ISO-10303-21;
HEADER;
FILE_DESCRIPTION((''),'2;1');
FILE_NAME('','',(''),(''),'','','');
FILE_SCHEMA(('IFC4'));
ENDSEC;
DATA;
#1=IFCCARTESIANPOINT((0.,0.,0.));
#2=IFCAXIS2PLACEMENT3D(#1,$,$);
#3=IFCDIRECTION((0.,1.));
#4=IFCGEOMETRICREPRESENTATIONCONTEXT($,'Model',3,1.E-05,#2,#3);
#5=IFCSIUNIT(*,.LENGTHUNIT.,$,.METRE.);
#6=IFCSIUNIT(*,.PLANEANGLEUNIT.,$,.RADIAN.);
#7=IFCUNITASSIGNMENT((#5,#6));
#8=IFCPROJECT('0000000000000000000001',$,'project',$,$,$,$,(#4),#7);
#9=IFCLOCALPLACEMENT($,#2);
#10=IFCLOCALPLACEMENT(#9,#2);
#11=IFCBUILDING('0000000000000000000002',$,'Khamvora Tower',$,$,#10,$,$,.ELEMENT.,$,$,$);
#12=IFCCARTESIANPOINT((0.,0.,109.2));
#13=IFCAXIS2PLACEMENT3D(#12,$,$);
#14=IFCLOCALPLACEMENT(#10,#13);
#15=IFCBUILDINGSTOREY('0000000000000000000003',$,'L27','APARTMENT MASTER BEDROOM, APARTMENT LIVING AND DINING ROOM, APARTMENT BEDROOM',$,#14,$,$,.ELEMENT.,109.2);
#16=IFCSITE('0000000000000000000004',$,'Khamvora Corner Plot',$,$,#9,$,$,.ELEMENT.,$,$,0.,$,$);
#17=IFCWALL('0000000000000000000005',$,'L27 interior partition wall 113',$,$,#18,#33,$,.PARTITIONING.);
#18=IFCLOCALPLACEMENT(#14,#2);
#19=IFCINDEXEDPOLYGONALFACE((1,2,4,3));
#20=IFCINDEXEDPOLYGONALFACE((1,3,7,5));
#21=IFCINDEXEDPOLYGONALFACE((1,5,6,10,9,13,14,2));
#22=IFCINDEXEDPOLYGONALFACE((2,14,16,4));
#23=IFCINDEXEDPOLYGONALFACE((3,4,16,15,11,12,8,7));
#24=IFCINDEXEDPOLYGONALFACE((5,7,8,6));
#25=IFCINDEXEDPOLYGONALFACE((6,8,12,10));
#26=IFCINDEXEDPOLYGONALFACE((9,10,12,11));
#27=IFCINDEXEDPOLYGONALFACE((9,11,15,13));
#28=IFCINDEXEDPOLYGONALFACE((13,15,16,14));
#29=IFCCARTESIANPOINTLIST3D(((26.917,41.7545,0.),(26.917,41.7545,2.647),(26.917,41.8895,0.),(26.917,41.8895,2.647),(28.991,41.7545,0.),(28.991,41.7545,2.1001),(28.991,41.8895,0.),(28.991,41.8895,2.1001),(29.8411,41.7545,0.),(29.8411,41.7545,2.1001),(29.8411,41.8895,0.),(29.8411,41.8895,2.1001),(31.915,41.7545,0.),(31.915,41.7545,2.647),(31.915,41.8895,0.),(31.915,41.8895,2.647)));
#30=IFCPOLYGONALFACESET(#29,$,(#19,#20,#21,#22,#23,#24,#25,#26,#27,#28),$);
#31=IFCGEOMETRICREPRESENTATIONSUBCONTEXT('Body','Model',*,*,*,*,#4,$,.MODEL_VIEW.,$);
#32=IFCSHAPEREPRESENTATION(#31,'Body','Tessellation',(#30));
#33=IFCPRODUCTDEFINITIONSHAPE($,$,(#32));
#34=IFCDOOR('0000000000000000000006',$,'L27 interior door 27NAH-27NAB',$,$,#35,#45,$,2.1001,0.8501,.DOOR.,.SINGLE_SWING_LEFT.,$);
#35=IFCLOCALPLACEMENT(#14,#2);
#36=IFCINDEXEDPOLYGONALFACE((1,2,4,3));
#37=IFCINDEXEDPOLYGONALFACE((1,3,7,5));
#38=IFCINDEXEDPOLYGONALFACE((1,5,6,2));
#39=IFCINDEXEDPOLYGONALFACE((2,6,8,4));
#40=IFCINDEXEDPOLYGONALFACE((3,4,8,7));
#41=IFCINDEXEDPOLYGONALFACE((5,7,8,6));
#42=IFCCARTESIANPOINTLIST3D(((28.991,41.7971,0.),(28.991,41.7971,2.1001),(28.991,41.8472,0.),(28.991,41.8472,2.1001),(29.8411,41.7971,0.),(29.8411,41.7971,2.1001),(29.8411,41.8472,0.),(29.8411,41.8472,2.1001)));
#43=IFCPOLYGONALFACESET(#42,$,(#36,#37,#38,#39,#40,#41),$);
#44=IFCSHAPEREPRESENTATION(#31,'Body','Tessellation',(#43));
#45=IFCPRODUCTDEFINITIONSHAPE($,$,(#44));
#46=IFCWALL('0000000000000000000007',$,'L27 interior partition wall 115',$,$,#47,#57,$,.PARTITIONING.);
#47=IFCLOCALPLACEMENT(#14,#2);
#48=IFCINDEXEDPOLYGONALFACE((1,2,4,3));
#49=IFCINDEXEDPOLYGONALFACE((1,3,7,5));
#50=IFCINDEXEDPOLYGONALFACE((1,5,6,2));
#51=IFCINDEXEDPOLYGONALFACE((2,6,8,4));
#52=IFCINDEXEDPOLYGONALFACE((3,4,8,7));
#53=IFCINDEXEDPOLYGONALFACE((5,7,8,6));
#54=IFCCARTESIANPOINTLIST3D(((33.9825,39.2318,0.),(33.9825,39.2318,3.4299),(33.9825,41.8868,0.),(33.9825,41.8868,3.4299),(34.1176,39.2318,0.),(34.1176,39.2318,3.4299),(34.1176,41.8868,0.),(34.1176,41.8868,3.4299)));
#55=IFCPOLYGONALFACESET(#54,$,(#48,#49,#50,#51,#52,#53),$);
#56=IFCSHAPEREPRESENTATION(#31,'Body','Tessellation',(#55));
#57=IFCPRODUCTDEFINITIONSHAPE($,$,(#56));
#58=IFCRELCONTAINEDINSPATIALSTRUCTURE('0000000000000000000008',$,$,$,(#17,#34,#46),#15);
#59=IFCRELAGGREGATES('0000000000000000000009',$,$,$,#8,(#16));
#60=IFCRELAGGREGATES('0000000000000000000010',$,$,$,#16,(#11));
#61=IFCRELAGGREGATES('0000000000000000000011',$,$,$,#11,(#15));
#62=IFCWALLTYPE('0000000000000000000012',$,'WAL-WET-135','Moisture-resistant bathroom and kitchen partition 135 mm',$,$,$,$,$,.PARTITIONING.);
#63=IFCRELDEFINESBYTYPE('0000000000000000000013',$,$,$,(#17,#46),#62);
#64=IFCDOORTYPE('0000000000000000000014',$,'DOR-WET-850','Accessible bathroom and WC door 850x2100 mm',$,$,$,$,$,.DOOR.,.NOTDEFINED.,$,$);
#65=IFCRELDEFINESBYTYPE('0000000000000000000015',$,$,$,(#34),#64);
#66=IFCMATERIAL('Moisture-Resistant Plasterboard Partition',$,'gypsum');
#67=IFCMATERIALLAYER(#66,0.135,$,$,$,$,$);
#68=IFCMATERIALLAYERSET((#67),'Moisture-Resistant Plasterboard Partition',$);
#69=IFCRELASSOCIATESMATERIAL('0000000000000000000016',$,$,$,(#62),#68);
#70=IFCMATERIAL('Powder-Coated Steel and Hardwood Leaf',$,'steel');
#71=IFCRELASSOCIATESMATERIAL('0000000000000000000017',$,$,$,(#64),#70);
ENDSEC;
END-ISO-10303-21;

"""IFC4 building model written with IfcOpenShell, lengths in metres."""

from ifc_helpers import new_model, si_unit, direction, frame, frame_2d, origin, place, context, subcontext, project, spatial, rectangle, extrude, material, layer, layer_set, type_object, element, fill, save


model = new_model("IFC4")

# Units and contexts
model_context = context("Model", 3, precision=1e-05, world=origin(), true_north=direction((0.0, 1.0)))
body_context = subcontext(model_context, "Body", "Model", "MODEL_VIEW")
ifc_project = project(units=[si_unit("LENGTHUNIT", "METRE"), si_unit("PLANEANGLEUNIT", "RADIAN")], contexts=[model_context])

# Site, building, storey
site_placement = place(None, origin())
site = spatial("IfcSite", under=ifc_project, at=site_placement, Name="Khamvora Corner Plot", CompositionType="ELEMENT", RefElevation=0.0)
building_placement = place(site_placement, origin())
building = spatial("IfcBuilding", under=site, at=building_placement, Name="Khamvora Tower", CompositionType="ELEMENT")
storey_placement = place(building_placement, frame((0.0, 0.0, 109.2)))
storey = spatial("IfcBuildingStorey", under=building, at=storey_placement, Name="L27", Description="APARTMENT MASTER BEDROOM, APARTMENT LIVING AND DINING ROOM, APARTMENT BEDROOM", CompositionType="ELEMENT", Elevation=109.2)

# Shared definitions
ifc_material_1 = material(Name="Powder-Coated Steel and Hardwood Leaf", Category="steel")

# Shared definitions
ifc_material_2 = material(Name="Moisture-Resistant Plasterboard Partition", Category="gypsum")
ifc_layer_1 = layer(ifc_material_2, 0.135)
ifc_layer_set_1 = layer_set([ifc_layer_1], Name="Moisture-Resistant Plasterboard Partition")
wall_type_1 = type_object("IfcWallType", Name="WAL-WET-135", Description="Moisture-resistant bathroom and kitchen partition 135 mm", PredefinedType="PARTITIONING", material=ifc_layer_set_1)

# Wall, opening, door
wall_1_placement = place(storey_placement, frame((31.915, 41.822, 0.0), z_axis=(0.0, 0.0, 1.0), x_axis=(-1.0, 0.0, 0.0)))
wall_1 = element("IfcWall", 1, at=wall_1_placement, inside=storey, type_object=wall_type_1, Name="L27 interior partition wall 113", PredefinedType="PARTITIONING", context=body_context, shape_type="SweptSolid", body=[
    extrude(rectangle(XDim=4.998, YDim=0.135, at=frame_2d((2.499, 0.0))), origin(), (0.0, 0.0, 1.0), 2.647),
])
opening_1_placement = place(wall_1_placement, frame((2.074, 0.0, 0.0)))
opening_1 = element("IfcOpeningElement", 2, at=opening_1_placement, cuts=wall_1, PredefinedType="OPENING", context=body_context, shape_type="SweptSolid", body=[
    extrude(rectangle(XDim=0.8501, YDim=2.1001, at=frame_2d((0.425, 1.05))), frame((0.0, 0.0774, 0.0), z_axis=(0.0, -1.0, 0.0), x_axis=(1.0, 0.0, 0.0)), (0.0, 0.0, 1.0), 0.155),
])
door_type_1 = type_object("IfcDoorType", Name="DOR-WET-850", Description="Accessible bathroom and WC door 850x2100 mm", OperationType="NOTDEFINED", PredefinedType="DOOR", material=ifc_material_1)
door_1_placement = place(opening_1_placement, origin())
door_1 = element("IfcDoor", 3, at=door_1_placement, inside=storey, type_object=door_type_1, Name="L27 interior door 27NAH-27NAB", OperationType="SINGLE_SWING_LEFT", OverallHeight=2.1001, OverallWidth=0.8501, PredefinedType="DOOR", context=body_context, shape_type="SweptSolid", body=[
    extrude(rectangle(XDim=0.8501, YDim=2.1001, at=frame_2d((0.425, 1.05))), frame((0.0, 0.0249, 0.0), z_axis=(0.0, -1.0, 0.0), x_axis=(1.0, 0.0, 0.0)), (0.0, 0.0, 1.0), 0.05),
])
fill(opening_1, door_1)

# Wall
wall_2_placement = place(storey_placement, frame((34.05, 41.887, 0.0), z_axis=(0.0, 0.0, 1.0), x_axis=(0.0, -1.0, 0.0)))
element("IfcWall", 4, at=wall_2_placement, inside=storey, type_object=wall_type_1, Name="L27 interior partition wall 115", PredefinedType="PARTITIONING", context=body_context, shape_type="SweptSolid", body=[
    extrude(rectangle(XDim=2.655, YDim=0.135, at=frame_2d((1.3276, 0.0))), origin(), (0.0, 0.0, 1.0), 3.4299),
])

save(model, "model.ifc")
